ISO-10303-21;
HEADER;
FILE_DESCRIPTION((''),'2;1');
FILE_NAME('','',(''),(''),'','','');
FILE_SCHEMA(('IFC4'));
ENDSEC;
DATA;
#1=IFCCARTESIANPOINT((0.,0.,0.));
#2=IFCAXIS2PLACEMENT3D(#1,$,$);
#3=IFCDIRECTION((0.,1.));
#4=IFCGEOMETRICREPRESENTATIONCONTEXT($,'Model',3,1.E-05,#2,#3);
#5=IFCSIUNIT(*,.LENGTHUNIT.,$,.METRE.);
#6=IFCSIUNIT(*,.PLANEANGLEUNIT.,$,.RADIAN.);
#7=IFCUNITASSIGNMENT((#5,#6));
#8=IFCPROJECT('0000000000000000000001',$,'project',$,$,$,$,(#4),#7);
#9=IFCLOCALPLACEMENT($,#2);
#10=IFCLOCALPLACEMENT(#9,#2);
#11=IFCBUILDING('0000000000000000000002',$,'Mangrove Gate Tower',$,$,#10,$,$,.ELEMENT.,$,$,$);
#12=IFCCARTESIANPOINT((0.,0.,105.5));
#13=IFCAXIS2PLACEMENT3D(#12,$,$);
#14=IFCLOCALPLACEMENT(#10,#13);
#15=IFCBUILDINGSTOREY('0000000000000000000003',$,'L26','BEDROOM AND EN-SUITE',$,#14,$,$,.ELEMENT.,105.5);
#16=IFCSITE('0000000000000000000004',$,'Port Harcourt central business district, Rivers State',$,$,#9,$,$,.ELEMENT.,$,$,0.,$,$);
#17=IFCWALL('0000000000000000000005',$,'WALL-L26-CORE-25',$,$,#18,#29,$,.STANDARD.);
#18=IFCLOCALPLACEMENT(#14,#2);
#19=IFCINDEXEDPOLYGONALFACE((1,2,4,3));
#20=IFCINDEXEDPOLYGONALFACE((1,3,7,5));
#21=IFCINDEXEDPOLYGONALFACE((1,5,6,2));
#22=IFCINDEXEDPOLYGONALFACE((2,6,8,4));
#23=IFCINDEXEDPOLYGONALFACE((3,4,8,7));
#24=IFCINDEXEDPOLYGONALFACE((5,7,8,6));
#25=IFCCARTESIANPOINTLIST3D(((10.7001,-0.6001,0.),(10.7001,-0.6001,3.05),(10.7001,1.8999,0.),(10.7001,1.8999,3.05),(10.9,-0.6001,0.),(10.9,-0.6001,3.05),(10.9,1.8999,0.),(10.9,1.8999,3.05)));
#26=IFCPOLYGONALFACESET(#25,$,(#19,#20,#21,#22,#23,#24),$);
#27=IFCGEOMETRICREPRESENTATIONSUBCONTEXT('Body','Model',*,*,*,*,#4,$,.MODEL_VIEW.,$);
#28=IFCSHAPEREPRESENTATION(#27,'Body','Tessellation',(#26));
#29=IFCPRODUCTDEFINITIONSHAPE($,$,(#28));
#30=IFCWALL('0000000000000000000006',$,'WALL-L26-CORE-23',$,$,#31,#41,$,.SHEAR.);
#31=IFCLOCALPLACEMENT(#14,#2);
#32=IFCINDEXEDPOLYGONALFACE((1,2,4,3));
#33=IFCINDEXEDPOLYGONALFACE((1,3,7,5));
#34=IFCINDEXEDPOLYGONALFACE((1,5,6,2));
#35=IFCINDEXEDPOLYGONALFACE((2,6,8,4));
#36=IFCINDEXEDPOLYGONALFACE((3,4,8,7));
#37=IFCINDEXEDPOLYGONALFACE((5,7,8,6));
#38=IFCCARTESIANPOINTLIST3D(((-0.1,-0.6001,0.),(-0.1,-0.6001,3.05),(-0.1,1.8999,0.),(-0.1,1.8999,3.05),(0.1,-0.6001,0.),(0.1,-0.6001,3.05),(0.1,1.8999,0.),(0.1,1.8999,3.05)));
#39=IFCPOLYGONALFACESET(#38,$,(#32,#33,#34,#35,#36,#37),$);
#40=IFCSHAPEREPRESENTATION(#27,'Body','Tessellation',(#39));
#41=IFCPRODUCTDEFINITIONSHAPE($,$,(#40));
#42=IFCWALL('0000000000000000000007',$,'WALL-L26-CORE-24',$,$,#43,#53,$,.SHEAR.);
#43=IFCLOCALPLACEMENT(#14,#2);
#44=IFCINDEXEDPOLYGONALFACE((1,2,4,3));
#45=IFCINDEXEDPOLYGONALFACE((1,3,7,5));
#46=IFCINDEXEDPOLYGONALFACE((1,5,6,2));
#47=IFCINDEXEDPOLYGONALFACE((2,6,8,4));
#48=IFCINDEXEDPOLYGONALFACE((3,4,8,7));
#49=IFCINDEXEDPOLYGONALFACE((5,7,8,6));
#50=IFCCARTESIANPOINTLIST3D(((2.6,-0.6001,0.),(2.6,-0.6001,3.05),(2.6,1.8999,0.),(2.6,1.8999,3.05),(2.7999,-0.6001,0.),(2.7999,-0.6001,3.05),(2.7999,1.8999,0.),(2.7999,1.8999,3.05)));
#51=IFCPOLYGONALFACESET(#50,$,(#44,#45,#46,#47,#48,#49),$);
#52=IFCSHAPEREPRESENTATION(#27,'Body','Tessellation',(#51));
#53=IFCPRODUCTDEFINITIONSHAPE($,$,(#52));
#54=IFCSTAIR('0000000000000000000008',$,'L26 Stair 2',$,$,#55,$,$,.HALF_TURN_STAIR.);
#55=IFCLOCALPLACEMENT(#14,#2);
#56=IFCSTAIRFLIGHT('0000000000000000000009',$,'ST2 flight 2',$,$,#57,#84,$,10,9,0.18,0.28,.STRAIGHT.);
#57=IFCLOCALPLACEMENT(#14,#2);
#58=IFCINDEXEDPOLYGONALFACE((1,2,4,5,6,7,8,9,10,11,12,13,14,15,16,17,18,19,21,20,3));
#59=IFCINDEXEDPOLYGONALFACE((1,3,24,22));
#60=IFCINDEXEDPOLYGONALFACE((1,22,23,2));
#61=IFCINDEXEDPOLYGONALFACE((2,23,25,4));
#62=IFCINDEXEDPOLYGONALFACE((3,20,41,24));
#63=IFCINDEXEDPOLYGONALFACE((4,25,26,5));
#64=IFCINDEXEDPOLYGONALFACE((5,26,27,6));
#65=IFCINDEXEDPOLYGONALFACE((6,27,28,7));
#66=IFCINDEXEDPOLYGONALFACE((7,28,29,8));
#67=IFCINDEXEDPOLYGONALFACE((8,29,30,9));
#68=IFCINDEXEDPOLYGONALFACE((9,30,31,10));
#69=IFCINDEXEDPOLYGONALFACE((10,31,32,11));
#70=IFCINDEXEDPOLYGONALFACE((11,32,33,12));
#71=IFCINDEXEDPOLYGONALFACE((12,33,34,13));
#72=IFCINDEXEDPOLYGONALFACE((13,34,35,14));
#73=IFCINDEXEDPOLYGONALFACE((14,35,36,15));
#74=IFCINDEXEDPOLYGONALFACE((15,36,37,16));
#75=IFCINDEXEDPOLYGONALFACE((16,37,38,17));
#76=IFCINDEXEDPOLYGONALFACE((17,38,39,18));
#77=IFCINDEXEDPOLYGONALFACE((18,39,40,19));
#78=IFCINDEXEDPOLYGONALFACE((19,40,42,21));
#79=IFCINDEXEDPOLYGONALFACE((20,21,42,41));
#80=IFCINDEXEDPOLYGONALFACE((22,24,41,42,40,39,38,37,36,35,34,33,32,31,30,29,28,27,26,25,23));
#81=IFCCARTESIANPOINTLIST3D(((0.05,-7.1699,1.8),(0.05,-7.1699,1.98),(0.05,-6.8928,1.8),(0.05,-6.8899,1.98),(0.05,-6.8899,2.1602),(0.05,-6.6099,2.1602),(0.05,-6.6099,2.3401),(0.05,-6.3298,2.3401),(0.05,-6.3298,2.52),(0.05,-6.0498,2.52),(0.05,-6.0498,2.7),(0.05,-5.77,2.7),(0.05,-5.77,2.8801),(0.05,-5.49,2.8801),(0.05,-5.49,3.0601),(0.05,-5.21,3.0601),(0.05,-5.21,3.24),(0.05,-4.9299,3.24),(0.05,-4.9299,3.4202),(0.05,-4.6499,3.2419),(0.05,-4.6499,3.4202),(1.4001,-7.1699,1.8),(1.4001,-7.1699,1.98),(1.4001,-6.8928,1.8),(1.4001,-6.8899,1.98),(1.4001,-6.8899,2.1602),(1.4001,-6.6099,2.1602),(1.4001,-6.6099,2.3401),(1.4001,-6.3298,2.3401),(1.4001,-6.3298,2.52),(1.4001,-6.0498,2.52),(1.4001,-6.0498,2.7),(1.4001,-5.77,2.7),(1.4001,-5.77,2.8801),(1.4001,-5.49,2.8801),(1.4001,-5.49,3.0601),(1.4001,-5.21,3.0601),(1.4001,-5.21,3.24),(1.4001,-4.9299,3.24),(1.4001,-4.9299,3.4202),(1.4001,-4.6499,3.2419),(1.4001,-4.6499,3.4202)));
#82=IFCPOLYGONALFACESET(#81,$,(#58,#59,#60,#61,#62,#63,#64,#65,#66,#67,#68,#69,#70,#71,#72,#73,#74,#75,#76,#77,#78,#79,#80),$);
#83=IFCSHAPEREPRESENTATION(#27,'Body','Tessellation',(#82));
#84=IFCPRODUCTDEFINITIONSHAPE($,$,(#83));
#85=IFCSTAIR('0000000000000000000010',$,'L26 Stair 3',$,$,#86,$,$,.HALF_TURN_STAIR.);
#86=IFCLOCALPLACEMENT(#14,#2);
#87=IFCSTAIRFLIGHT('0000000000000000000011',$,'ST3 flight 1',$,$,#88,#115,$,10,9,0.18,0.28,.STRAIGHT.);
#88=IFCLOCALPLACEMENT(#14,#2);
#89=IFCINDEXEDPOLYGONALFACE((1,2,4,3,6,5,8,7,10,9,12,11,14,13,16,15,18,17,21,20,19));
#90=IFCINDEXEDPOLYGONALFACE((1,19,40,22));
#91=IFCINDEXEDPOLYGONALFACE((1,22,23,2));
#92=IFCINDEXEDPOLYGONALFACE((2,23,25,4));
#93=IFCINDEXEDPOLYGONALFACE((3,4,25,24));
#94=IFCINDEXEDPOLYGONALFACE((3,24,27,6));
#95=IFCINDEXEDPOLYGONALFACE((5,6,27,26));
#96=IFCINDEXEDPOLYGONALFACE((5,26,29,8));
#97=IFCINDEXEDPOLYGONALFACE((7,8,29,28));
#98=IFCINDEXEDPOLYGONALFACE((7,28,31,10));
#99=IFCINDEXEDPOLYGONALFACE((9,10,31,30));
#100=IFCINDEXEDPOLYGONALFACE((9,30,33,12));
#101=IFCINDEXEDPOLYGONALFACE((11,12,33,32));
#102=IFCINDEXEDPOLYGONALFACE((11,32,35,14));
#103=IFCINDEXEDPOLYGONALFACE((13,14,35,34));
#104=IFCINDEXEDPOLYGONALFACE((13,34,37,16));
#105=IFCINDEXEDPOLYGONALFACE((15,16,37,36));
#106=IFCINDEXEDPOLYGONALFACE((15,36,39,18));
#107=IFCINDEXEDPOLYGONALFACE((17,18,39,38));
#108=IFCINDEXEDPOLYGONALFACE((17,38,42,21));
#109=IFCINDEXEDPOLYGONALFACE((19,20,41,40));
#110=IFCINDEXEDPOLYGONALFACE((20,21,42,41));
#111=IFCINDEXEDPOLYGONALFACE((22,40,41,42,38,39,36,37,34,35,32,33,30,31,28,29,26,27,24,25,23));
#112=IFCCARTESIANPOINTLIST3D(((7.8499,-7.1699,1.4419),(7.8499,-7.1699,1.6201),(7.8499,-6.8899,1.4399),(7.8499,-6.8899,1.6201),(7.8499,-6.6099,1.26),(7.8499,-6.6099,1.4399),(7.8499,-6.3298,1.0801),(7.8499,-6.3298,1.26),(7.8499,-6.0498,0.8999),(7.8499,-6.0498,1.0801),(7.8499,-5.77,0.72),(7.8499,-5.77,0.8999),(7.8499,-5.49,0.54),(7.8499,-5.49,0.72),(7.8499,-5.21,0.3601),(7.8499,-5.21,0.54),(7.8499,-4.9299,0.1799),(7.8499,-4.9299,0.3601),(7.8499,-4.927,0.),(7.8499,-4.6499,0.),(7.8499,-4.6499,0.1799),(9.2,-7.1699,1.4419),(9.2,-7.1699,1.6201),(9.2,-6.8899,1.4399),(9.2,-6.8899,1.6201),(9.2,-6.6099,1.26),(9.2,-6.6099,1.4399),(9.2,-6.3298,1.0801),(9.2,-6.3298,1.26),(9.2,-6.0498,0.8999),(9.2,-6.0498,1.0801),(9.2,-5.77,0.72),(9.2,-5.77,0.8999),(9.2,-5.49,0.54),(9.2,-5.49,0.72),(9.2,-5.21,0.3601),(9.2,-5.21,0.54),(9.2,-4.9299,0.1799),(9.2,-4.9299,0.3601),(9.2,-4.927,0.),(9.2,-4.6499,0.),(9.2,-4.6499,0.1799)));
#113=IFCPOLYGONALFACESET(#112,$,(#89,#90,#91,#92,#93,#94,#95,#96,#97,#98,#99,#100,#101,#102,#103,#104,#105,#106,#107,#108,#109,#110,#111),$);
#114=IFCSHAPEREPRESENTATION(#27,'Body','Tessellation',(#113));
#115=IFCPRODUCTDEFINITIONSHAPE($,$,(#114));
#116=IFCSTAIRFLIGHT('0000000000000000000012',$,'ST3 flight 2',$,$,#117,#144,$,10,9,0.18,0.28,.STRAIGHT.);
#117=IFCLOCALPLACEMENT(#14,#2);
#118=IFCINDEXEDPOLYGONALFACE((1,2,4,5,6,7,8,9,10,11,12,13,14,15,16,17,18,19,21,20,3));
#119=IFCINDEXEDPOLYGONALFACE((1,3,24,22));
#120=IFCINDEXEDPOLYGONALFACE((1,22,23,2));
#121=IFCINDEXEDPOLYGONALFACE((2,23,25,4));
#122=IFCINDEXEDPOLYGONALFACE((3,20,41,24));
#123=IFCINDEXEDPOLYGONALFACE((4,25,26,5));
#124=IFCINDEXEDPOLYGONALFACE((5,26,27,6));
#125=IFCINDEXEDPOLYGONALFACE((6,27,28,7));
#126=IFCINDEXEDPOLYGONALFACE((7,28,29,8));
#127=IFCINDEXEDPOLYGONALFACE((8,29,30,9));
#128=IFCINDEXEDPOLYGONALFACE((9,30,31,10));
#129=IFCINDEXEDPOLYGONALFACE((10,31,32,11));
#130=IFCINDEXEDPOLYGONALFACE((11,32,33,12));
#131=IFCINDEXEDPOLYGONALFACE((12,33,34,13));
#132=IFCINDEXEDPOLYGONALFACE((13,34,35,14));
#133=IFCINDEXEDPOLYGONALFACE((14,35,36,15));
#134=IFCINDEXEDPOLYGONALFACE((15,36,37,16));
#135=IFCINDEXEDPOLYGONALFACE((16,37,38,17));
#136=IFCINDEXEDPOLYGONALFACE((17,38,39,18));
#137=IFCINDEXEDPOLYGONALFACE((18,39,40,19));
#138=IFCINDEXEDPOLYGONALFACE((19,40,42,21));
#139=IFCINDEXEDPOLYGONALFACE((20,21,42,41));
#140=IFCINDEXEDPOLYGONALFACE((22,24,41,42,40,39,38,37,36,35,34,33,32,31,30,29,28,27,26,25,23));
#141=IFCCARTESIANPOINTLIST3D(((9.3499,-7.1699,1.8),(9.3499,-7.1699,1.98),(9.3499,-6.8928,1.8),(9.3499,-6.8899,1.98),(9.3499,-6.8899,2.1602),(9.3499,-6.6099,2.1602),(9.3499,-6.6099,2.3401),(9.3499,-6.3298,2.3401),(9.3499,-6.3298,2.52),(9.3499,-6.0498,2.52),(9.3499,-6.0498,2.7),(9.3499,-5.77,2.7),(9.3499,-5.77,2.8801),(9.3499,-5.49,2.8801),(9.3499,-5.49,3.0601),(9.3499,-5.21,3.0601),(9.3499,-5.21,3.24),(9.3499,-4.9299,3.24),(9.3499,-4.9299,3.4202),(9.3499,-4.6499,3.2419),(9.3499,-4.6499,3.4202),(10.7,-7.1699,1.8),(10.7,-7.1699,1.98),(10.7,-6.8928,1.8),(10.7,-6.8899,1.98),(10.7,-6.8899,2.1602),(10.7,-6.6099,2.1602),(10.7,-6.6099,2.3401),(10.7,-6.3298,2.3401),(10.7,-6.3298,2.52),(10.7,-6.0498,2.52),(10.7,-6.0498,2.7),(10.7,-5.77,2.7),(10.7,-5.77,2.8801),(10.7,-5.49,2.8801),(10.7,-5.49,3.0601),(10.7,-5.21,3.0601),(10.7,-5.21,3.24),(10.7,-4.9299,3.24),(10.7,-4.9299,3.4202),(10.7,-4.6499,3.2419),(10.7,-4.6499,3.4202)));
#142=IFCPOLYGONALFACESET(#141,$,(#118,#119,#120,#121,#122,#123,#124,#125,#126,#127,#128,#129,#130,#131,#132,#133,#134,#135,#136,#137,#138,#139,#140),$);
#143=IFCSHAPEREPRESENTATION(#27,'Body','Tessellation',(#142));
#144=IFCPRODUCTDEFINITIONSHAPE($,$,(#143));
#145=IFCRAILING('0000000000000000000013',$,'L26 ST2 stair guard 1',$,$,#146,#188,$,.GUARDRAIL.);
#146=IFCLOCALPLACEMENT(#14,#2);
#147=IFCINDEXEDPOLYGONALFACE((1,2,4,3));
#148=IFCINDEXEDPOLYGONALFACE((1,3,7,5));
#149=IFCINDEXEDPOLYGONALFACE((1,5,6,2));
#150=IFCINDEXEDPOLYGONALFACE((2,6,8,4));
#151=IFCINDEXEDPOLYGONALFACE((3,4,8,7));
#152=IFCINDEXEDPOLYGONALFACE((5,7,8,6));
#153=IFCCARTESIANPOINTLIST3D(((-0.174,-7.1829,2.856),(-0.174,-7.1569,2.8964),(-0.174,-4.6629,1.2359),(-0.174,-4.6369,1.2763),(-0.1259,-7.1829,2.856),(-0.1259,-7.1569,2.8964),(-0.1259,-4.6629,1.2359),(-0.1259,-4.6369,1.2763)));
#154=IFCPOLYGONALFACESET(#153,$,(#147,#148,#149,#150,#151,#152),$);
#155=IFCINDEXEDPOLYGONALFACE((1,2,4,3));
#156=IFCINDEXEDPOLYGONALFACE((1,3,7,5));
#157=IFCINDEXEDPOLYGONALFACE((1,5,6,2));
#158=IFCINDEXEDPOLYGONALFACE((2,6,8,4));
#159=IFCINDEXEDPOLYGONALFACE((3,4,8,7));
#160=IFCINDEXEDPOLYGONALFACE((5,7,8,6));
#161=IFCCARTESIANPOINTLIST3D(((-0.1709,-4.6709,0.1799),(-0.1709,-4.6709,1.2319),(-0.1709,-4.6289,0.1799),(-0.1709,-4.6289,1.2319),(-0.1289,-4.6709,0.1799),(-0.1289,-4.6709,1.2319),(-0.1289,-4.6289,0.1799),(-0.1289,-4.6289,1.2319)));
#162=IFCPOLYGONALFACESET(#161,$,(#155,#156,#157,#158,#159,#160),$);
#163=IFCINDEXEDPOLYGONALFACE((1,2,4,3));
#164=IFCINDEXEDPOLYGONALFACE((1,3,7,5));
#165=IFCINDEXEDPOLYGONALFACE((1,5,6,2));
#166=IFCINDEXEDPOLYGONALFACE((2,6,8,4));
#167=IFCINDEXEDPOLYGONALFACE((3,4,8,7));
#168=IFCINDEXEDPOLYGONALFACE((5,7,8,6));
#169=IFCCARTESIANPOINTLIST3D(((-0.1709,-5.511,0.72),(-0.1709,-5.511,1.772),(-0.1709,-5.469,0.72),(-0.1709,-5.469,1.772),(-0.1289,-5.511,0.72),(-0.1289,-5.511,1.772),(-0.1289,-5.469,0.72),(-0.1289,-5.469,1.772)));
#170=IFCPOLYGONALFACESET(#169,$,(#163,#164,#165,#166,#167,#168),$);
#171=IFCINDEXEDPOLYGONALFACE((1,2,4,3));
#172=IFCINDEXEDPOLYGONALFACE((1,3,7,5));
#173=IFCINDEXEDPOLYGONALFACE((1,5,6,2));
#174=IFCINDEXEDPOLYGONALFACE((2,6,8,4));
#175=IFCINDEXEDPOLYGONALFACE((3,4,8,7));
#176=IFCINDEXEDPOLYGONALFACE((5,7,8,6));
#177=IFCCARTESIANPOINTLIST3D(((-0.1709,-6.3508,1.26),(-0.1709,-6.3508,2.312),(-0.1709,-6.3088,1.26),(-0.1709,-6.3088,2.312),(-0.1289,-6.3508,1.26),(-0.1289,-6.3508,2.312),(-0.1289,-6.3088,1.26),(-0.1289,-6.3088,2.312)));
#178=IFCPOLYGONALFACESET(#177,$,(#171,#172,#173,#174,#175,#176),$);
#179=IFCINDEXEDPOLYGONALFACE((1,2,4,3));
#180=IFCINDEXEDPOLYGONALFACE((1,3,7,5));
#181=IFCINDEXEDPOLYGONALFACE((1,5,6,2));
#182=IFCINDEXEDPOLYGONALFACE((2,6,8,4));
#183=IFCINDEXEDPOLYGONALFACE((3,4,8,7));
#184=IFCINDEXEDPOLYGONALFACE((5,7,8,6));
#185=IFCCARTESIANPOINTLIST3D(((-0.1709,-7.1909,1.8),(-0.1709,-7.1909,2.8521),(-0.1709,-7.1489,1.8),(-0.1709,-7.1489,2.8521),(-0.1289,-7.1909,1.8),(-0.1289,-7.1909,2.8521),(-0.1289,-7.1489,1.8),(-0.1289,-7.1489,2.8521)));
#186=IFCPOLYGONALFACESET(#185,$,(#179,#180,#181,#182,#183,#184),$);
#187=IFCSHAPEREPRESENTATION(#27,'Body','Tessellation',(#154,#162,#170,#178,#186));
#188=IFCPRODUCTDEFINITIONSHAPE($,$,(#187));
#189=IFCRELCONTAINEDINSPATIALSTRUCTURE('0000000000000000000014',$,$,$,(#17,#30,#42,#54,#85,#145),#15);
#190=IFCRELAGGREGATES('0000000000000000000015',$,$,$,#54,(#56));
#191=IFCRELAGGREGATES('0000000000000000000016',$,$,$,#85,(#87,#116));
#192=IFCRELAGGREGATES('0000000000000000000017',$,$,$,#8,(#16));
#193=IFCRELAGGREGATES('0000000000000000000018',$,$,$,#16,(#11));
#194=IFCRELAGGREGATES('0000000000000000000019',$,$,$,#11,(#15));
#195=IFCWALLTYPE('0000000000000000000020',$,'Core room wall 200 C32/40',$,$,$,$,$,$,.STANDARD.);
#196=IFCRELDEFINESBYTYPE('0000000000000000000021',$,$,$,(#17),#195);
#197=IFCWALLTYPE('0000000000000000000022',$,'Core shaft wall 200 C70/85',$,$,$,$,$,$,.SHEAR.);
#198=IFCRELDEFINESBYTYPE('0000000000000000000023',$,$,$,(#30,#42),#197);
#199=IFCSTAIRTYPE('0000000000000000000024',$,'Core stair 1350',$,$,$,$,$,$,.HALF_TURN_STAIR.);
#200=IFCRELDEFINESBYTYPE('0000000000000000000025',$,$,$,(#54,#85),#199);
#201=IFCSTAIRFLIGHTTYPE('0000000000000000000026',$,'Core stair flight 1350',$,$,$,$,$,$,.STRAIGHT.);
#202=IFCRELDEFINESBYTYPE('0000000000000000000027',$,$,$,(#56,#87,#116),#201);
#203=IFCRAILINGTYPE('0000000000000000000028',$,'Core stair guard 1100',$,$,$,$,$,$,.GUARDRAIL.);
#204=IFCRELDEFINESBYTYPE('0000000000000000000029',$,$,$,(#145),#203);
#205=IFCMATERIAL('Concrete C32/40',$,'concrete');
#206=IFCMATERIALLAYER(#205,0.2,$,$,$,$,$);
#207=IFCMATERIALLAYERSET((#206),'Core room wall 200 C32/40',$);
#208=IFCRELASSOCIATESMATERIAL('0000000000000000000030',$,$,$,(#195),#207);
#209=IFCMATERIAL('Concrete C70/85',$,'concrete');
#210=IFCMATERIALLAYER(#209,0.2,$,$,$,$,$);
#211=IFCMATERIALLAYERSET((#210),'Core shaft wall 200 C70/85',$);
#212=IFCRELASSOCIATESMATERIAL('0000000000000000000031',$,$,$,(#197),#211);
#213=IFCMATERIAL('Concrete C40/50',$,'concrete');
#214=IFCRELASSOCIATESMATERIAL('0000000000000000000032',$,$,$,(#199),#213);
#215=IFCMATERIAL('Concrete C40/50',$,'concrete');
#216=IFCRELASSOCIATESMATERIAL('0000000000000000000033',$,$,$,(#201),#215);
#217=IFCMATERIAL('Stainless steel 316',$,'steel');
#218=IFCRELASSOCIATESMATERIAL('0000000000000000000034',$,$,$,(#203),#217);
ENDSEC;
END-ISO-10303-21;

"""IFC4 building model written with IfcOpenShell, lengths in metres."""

from ifc_helpers import new_model, si_unit, direction, frame, frame_2d, origin, origin_2d, place, context, subcontext, project, spatial, polyline, rectangle, outline, extrude, material, layer, layer_set, type_object, element, aggregate, save


model = new_model("IFC4")

# Units and contexts
model_context = context("Model", 3, precision=1e-05, world=origin(), true_north=direction((0.0, 1.0)))
body_context = subcontext(model_context, "Body", "Model", "MODEL_VIEW")
ifc_project = project(units=[si_unit("LENGTHUNIT", "METRE"), si_unit("PLANEANGLEUNIT", "RADIAN")], contexts=[model_context])

# Site, building, storey
site_placement = place(None, origin())
site = spatial("IfcSite", under=ifc_project, at=site_placement, Name="Port Harcourt central business district, Rivers State", CompositionType="ELEMENT", RefElevation=0.0)
building_placement = place(site_placement, origin())
building = spatial("IfcBuilding", under=site, at=building_placement, Name="Mangrove Gate Tower", CompositionType="ELEMENT")
storey_placement = place(building_placement, frame((0.0, 0.0, 105.5)))
storey = spatial("IfcBuildingStorey", under=building, at=storey_placement, Name="L26", Description="BEDROOM AND EN-SUITE", CompositionType="ELEMENT", Elevation=105.5)

# Walls
ifc_material_1 = material(Name="Concrete C32/40", Category="concrete")
ifc_layer_1 = layer(ifc_material_1, 0.2)
ifc_layer_set_1 = layer_set([ifc_layer_1], Name="Core room wall 200 C32/40")
wall_type_1 = type_object("IfcWallType", Name="Core room wall 200 C32/40", PredefinedType="STANDARD", material=ifc_layer_set_1)
wall_placement = place(storey_placement, frame((10.8, -0.6001, 0.0), z_axis=(0.0, 0.0, 1.0), x_axis=(0.0, 1.0, 0.0)))
element("IfcWall", 1, at=wall_placement, inside=storey, type_object=wall_type_1, Name="WALL-L26-CORE-25", PredefinedType="STANDARD", context=body_context, shape_type="SweptSolid", body=[
    extrude(rectangle(XDim=2.5, YDim=0.2, at=frame_2d((1.25, 0.0))), origin(), (0.0, 0.0, 1.0), 3.05),
])
ifc_material_2 = material(Name="Concrete C70/85", Category="concrete")
ifc_layer_2 = layer(ifc_material_2, 0.2)
ifc_layer_set_2 = layer_set([ifc_layer_2], Name="Core shaft wall 200 C70/85")
wall_type_2 = type_object("IfcWallType", Name="Core shaft wall 200 C70/85", PredefinedType="SHEAR", material=ifc_layer_set_2)
for number, where, z_axis, x_axis, name in (
    (2, (0.0, -0.6001, 0.0), (0.0, 0.0, 1.0), (0.0, 1.0, 0.0), "WALL-L26-CORE-23"),
    (3, (2.7, -0.6001, 0.0), (0.0, 0.0, 1.0), (0.0, 1.0, 0.0), "WALL-L26-CORE-24"),
):
    element("IfcWall", number, at=place(storey_placement, frame(where, z_axis=z_axis, x_axis=x_axis)), inside=storey, type_object=wall_type_2, Name=name, PredefinedType="SHEAR", context=body_context, shape_type="SweptSolid", body=[
        extrude(rectangle(XDim=2.5, YDim=0.2, at=frame_2d((1.25, 0.0))), origin(), (0.0, 0.0, 1.0), 3.05),
    ])

# Stair, stair flight
ifc_material_3 = material(Name="Concrete C40/50", Category="concrete")
stair_type = type_object("IfcStairType", Name="Core stair 1350", PredefinedType="HALF_TURN_STAIR", material=ifc_material_3)
stair_1_placement = place(storey_placement, origin())
stair_1 = element("IfcStair", 4, at=stair_1_placement, inside=storey, type_object=stair_type, Name="L26 Stair 2", PredefinedType="HALF_TURN_STAIR")
ifc_material_4 = material(Name="Concrete C40/50", Category="concrete")
stair_flight_type = type_object("IfcStairFlightType", Name="Core stair flight 1350", PredefinedType="STRAIGHT", material=ifc_material_4)
stair_flight_1_placement = place(storey_placement, frame((0.7251, -7.1699, 1.8), z_axis=(0.0, 0.0, 1.0), x_axis=(0.0, 1.0, 0.0)))
stair_flight_1 = element("IfcStairFlight", 5, at=stair_flight_1_placement, type_object=stair_flight_type, Name="ST2 flight 2", NumberOfRisers=10, NumberOfTreads=9, PredefinedType="STRAIGHT", RiserHeight=0.18, TreadLength=0.28, context=body_context, shape_type="SweptSolid", body=[
    extrude(outline(polyline([(0.0, 0.0), (0.0, 0.1799), (0.28, 0.1799), (0.28, 0.3601), (0.5601, 0.3601), (0.5601, 0.54), (0.8401, 0.54), (0.8401, 0.72), (1.1201, 0.72), (1.1201, 0.8999), (1.3999, 0.8999), (1.3999, 1.0801), (1.6799, 1.0801), (1.6799, 1.26), (1.96, 1.26), (1.96, 1.4399), (2.24, 1.4399), (2.24, 1.6201), (2.52, 1.6201), (2.52, 1.8), (2.52, 1.4419), (0.2771, 0.0), (0.0, 0.0)])), frame((0.0, 0.675, 0.0), z_axis=(0.0, -1.0, 0.0), x_axis=(1.0, 0.0, 0.0)), (0.0, 0.0, 1.0), 1.3501),
])
aggregate(stair_1, [stair_flight_1])

# Stair, stair flights
stair_2_placement = place(storey_placement, origin())
stair_2 = element("IfcStair", 6, at=stair_2_placement, inside=storey, type_object=stair_type, Name="L26 Stair 3", PredefinedType="HALF_TURN_STAIR")
stair_flight_2_placement = place(storey_placement, frame((8.5249, -4.6499, 0.0), z_axis=(0.0, 0.0, 1.0), x_axis=(0.0, -1.0, 0.0)))
stair_flight_2 = element("IfcStairFlight", 7, at=stair_flight_2_placement, type_object=stair_flight_type, Name="ST3 flight 1", NumberOfRisers=10, NumberOfTreads=9, PredefinedType="STRAIGHT", RiserHeight=0.18, TreadLength=0.28, context=body_context, shape_type="SweptSolid", body=[
    extrude(outline(polyline([(0.0, 0.0), (0.0, 0.1799), (0.28, 0.1799), (0.28, 0.3601), (0.5601, 0.3601), (0.5601, 0.54), (0.8401, 0.54), (0.8401, 0.72), (1.1201, 0.72), (1.1201, 0.8999), (1.3999, 0.8999), (1.3999, 1.0801), (1.6799, 1.0801), (1.6799, 1.26), (1.96, 1.26), (1.96, 1.4399), (2.24, 1.4399), (2.24, 1.6201), (2.52, 1.6201), (2.52, 1.8), (2.52, 1.4419), (0.2771, 0.0), (0.0, 0.0)])), frame((0.0, 0.675, 0.0), z_axis=(0.0, -1.0, 0.0), x_axis=(1.0, 0.0, 0.0)), (0.0, 0.0, 1.0), 1.3501),
])
stair_flight_3_placement = place(storey_placement, frame((10.0249, -7.1699, 1.8), z_axis=(0.0, 0.0, 1.0), x_axis=(0.0, 1.0, 0.0)))
stair_flight_3 = element("IfcStairFlight", 8, at=stair_flight_3_placement, type_object=stair_flight_type, Name="ST3 flight 2", NumberOfRisers=10, NumberOfTreads=9, PredefinedType="STRAIGHT", RiserHeight=0.18, TreadLength=0.28, context=body_context, shape_type="SweptSolid", body=[
    extrude(outline(polyline([(0.0, 0.0), (0.0, 0.1799), (0.28, 0.1799), (0.28, 0.3601), (0.5601, 0.3601), (0.5601, 0.54), (0.8401, 0.54), (0.8401, 0.72), (1.1201, 0.72), (1.1201, 0.8999), (1.3999, 0.8999), (1.3999, 1.0801), (1.6799, 1.0801), (1.6799, 1.26), (1.96, 1.26), (1.96, 1.4399), (2.24, 1.4399), (2.24, 1.6201), (2.52, 1.6201), (2.52, 1.8), (2.52, 1.4419), (0.2771, 0.0), (0.0, 0.0)])), frame((0.0, 0.675, 0.0), z_axis=(0.0, -1.0, 0.0), x_axis=(1.0, 0.0, 0.0)), (0.0, 0.0, 1.0), 1.3501),
])
aggregate(stair_2, [stair_flight_2, stair_flight_3])

# Railing
ifc_material_5 = material(Name="Stainless steel 316", Category="steel")
railing_type_1 = type_object("IfcRailingType", Name="Core stair guard 1100", PredefinedType="GUARDRAIL", material=ifc_material_5)
railing_1_placement = place(storey_placement, frame((-0.1499, -4.6499, 0.1799)))
element("IfcRailing", 9, at=railing_1_placement, inside=storey, type_object=railing_type_1, Name="L26 ST2 stair guard 1", PredefinedType="GUARDRAIL", context=body_context, shape_type="SweptSolid", body=[
    extrude(rectangle(XDim=0.0481, YDim=0.0481, at=origin_2d()), frame((0.0, 0.0, 1.0762), z_axis=(0.0, -0.841163, 0.540782), x_axis=(1.0, 0.0, 0.0)), (0.0, 0.0, 1.0), 2.9958),
    extrude(rectangle(XDim=0.042, YDim=0.042, at=origin_2d()), origin(), (0.0, 0.0, 1.0), 1.052),
    extrude(rectangle(XDim=0.042, YDim=0.042, at=origin_2d()), frame((0.0, -0.8401, 0.54)), (0.0, 0.0, 1.0), 1.052),
    extrude(rectangle(XDim=0.042, YDim=0.042, at=origin_2d()), frame((0.0, -1.6799, 1.0801)), (0.0, 0.0, 1.0), 1.052),
    extrude(rectangle(XDim=0.042, YDim=0.042, at=origin_2d()), frame((0.0, -2.52, 1.6201)), (0.0, 0.0, 1.0), 1.052),
])

save(model, "model.ifc")
